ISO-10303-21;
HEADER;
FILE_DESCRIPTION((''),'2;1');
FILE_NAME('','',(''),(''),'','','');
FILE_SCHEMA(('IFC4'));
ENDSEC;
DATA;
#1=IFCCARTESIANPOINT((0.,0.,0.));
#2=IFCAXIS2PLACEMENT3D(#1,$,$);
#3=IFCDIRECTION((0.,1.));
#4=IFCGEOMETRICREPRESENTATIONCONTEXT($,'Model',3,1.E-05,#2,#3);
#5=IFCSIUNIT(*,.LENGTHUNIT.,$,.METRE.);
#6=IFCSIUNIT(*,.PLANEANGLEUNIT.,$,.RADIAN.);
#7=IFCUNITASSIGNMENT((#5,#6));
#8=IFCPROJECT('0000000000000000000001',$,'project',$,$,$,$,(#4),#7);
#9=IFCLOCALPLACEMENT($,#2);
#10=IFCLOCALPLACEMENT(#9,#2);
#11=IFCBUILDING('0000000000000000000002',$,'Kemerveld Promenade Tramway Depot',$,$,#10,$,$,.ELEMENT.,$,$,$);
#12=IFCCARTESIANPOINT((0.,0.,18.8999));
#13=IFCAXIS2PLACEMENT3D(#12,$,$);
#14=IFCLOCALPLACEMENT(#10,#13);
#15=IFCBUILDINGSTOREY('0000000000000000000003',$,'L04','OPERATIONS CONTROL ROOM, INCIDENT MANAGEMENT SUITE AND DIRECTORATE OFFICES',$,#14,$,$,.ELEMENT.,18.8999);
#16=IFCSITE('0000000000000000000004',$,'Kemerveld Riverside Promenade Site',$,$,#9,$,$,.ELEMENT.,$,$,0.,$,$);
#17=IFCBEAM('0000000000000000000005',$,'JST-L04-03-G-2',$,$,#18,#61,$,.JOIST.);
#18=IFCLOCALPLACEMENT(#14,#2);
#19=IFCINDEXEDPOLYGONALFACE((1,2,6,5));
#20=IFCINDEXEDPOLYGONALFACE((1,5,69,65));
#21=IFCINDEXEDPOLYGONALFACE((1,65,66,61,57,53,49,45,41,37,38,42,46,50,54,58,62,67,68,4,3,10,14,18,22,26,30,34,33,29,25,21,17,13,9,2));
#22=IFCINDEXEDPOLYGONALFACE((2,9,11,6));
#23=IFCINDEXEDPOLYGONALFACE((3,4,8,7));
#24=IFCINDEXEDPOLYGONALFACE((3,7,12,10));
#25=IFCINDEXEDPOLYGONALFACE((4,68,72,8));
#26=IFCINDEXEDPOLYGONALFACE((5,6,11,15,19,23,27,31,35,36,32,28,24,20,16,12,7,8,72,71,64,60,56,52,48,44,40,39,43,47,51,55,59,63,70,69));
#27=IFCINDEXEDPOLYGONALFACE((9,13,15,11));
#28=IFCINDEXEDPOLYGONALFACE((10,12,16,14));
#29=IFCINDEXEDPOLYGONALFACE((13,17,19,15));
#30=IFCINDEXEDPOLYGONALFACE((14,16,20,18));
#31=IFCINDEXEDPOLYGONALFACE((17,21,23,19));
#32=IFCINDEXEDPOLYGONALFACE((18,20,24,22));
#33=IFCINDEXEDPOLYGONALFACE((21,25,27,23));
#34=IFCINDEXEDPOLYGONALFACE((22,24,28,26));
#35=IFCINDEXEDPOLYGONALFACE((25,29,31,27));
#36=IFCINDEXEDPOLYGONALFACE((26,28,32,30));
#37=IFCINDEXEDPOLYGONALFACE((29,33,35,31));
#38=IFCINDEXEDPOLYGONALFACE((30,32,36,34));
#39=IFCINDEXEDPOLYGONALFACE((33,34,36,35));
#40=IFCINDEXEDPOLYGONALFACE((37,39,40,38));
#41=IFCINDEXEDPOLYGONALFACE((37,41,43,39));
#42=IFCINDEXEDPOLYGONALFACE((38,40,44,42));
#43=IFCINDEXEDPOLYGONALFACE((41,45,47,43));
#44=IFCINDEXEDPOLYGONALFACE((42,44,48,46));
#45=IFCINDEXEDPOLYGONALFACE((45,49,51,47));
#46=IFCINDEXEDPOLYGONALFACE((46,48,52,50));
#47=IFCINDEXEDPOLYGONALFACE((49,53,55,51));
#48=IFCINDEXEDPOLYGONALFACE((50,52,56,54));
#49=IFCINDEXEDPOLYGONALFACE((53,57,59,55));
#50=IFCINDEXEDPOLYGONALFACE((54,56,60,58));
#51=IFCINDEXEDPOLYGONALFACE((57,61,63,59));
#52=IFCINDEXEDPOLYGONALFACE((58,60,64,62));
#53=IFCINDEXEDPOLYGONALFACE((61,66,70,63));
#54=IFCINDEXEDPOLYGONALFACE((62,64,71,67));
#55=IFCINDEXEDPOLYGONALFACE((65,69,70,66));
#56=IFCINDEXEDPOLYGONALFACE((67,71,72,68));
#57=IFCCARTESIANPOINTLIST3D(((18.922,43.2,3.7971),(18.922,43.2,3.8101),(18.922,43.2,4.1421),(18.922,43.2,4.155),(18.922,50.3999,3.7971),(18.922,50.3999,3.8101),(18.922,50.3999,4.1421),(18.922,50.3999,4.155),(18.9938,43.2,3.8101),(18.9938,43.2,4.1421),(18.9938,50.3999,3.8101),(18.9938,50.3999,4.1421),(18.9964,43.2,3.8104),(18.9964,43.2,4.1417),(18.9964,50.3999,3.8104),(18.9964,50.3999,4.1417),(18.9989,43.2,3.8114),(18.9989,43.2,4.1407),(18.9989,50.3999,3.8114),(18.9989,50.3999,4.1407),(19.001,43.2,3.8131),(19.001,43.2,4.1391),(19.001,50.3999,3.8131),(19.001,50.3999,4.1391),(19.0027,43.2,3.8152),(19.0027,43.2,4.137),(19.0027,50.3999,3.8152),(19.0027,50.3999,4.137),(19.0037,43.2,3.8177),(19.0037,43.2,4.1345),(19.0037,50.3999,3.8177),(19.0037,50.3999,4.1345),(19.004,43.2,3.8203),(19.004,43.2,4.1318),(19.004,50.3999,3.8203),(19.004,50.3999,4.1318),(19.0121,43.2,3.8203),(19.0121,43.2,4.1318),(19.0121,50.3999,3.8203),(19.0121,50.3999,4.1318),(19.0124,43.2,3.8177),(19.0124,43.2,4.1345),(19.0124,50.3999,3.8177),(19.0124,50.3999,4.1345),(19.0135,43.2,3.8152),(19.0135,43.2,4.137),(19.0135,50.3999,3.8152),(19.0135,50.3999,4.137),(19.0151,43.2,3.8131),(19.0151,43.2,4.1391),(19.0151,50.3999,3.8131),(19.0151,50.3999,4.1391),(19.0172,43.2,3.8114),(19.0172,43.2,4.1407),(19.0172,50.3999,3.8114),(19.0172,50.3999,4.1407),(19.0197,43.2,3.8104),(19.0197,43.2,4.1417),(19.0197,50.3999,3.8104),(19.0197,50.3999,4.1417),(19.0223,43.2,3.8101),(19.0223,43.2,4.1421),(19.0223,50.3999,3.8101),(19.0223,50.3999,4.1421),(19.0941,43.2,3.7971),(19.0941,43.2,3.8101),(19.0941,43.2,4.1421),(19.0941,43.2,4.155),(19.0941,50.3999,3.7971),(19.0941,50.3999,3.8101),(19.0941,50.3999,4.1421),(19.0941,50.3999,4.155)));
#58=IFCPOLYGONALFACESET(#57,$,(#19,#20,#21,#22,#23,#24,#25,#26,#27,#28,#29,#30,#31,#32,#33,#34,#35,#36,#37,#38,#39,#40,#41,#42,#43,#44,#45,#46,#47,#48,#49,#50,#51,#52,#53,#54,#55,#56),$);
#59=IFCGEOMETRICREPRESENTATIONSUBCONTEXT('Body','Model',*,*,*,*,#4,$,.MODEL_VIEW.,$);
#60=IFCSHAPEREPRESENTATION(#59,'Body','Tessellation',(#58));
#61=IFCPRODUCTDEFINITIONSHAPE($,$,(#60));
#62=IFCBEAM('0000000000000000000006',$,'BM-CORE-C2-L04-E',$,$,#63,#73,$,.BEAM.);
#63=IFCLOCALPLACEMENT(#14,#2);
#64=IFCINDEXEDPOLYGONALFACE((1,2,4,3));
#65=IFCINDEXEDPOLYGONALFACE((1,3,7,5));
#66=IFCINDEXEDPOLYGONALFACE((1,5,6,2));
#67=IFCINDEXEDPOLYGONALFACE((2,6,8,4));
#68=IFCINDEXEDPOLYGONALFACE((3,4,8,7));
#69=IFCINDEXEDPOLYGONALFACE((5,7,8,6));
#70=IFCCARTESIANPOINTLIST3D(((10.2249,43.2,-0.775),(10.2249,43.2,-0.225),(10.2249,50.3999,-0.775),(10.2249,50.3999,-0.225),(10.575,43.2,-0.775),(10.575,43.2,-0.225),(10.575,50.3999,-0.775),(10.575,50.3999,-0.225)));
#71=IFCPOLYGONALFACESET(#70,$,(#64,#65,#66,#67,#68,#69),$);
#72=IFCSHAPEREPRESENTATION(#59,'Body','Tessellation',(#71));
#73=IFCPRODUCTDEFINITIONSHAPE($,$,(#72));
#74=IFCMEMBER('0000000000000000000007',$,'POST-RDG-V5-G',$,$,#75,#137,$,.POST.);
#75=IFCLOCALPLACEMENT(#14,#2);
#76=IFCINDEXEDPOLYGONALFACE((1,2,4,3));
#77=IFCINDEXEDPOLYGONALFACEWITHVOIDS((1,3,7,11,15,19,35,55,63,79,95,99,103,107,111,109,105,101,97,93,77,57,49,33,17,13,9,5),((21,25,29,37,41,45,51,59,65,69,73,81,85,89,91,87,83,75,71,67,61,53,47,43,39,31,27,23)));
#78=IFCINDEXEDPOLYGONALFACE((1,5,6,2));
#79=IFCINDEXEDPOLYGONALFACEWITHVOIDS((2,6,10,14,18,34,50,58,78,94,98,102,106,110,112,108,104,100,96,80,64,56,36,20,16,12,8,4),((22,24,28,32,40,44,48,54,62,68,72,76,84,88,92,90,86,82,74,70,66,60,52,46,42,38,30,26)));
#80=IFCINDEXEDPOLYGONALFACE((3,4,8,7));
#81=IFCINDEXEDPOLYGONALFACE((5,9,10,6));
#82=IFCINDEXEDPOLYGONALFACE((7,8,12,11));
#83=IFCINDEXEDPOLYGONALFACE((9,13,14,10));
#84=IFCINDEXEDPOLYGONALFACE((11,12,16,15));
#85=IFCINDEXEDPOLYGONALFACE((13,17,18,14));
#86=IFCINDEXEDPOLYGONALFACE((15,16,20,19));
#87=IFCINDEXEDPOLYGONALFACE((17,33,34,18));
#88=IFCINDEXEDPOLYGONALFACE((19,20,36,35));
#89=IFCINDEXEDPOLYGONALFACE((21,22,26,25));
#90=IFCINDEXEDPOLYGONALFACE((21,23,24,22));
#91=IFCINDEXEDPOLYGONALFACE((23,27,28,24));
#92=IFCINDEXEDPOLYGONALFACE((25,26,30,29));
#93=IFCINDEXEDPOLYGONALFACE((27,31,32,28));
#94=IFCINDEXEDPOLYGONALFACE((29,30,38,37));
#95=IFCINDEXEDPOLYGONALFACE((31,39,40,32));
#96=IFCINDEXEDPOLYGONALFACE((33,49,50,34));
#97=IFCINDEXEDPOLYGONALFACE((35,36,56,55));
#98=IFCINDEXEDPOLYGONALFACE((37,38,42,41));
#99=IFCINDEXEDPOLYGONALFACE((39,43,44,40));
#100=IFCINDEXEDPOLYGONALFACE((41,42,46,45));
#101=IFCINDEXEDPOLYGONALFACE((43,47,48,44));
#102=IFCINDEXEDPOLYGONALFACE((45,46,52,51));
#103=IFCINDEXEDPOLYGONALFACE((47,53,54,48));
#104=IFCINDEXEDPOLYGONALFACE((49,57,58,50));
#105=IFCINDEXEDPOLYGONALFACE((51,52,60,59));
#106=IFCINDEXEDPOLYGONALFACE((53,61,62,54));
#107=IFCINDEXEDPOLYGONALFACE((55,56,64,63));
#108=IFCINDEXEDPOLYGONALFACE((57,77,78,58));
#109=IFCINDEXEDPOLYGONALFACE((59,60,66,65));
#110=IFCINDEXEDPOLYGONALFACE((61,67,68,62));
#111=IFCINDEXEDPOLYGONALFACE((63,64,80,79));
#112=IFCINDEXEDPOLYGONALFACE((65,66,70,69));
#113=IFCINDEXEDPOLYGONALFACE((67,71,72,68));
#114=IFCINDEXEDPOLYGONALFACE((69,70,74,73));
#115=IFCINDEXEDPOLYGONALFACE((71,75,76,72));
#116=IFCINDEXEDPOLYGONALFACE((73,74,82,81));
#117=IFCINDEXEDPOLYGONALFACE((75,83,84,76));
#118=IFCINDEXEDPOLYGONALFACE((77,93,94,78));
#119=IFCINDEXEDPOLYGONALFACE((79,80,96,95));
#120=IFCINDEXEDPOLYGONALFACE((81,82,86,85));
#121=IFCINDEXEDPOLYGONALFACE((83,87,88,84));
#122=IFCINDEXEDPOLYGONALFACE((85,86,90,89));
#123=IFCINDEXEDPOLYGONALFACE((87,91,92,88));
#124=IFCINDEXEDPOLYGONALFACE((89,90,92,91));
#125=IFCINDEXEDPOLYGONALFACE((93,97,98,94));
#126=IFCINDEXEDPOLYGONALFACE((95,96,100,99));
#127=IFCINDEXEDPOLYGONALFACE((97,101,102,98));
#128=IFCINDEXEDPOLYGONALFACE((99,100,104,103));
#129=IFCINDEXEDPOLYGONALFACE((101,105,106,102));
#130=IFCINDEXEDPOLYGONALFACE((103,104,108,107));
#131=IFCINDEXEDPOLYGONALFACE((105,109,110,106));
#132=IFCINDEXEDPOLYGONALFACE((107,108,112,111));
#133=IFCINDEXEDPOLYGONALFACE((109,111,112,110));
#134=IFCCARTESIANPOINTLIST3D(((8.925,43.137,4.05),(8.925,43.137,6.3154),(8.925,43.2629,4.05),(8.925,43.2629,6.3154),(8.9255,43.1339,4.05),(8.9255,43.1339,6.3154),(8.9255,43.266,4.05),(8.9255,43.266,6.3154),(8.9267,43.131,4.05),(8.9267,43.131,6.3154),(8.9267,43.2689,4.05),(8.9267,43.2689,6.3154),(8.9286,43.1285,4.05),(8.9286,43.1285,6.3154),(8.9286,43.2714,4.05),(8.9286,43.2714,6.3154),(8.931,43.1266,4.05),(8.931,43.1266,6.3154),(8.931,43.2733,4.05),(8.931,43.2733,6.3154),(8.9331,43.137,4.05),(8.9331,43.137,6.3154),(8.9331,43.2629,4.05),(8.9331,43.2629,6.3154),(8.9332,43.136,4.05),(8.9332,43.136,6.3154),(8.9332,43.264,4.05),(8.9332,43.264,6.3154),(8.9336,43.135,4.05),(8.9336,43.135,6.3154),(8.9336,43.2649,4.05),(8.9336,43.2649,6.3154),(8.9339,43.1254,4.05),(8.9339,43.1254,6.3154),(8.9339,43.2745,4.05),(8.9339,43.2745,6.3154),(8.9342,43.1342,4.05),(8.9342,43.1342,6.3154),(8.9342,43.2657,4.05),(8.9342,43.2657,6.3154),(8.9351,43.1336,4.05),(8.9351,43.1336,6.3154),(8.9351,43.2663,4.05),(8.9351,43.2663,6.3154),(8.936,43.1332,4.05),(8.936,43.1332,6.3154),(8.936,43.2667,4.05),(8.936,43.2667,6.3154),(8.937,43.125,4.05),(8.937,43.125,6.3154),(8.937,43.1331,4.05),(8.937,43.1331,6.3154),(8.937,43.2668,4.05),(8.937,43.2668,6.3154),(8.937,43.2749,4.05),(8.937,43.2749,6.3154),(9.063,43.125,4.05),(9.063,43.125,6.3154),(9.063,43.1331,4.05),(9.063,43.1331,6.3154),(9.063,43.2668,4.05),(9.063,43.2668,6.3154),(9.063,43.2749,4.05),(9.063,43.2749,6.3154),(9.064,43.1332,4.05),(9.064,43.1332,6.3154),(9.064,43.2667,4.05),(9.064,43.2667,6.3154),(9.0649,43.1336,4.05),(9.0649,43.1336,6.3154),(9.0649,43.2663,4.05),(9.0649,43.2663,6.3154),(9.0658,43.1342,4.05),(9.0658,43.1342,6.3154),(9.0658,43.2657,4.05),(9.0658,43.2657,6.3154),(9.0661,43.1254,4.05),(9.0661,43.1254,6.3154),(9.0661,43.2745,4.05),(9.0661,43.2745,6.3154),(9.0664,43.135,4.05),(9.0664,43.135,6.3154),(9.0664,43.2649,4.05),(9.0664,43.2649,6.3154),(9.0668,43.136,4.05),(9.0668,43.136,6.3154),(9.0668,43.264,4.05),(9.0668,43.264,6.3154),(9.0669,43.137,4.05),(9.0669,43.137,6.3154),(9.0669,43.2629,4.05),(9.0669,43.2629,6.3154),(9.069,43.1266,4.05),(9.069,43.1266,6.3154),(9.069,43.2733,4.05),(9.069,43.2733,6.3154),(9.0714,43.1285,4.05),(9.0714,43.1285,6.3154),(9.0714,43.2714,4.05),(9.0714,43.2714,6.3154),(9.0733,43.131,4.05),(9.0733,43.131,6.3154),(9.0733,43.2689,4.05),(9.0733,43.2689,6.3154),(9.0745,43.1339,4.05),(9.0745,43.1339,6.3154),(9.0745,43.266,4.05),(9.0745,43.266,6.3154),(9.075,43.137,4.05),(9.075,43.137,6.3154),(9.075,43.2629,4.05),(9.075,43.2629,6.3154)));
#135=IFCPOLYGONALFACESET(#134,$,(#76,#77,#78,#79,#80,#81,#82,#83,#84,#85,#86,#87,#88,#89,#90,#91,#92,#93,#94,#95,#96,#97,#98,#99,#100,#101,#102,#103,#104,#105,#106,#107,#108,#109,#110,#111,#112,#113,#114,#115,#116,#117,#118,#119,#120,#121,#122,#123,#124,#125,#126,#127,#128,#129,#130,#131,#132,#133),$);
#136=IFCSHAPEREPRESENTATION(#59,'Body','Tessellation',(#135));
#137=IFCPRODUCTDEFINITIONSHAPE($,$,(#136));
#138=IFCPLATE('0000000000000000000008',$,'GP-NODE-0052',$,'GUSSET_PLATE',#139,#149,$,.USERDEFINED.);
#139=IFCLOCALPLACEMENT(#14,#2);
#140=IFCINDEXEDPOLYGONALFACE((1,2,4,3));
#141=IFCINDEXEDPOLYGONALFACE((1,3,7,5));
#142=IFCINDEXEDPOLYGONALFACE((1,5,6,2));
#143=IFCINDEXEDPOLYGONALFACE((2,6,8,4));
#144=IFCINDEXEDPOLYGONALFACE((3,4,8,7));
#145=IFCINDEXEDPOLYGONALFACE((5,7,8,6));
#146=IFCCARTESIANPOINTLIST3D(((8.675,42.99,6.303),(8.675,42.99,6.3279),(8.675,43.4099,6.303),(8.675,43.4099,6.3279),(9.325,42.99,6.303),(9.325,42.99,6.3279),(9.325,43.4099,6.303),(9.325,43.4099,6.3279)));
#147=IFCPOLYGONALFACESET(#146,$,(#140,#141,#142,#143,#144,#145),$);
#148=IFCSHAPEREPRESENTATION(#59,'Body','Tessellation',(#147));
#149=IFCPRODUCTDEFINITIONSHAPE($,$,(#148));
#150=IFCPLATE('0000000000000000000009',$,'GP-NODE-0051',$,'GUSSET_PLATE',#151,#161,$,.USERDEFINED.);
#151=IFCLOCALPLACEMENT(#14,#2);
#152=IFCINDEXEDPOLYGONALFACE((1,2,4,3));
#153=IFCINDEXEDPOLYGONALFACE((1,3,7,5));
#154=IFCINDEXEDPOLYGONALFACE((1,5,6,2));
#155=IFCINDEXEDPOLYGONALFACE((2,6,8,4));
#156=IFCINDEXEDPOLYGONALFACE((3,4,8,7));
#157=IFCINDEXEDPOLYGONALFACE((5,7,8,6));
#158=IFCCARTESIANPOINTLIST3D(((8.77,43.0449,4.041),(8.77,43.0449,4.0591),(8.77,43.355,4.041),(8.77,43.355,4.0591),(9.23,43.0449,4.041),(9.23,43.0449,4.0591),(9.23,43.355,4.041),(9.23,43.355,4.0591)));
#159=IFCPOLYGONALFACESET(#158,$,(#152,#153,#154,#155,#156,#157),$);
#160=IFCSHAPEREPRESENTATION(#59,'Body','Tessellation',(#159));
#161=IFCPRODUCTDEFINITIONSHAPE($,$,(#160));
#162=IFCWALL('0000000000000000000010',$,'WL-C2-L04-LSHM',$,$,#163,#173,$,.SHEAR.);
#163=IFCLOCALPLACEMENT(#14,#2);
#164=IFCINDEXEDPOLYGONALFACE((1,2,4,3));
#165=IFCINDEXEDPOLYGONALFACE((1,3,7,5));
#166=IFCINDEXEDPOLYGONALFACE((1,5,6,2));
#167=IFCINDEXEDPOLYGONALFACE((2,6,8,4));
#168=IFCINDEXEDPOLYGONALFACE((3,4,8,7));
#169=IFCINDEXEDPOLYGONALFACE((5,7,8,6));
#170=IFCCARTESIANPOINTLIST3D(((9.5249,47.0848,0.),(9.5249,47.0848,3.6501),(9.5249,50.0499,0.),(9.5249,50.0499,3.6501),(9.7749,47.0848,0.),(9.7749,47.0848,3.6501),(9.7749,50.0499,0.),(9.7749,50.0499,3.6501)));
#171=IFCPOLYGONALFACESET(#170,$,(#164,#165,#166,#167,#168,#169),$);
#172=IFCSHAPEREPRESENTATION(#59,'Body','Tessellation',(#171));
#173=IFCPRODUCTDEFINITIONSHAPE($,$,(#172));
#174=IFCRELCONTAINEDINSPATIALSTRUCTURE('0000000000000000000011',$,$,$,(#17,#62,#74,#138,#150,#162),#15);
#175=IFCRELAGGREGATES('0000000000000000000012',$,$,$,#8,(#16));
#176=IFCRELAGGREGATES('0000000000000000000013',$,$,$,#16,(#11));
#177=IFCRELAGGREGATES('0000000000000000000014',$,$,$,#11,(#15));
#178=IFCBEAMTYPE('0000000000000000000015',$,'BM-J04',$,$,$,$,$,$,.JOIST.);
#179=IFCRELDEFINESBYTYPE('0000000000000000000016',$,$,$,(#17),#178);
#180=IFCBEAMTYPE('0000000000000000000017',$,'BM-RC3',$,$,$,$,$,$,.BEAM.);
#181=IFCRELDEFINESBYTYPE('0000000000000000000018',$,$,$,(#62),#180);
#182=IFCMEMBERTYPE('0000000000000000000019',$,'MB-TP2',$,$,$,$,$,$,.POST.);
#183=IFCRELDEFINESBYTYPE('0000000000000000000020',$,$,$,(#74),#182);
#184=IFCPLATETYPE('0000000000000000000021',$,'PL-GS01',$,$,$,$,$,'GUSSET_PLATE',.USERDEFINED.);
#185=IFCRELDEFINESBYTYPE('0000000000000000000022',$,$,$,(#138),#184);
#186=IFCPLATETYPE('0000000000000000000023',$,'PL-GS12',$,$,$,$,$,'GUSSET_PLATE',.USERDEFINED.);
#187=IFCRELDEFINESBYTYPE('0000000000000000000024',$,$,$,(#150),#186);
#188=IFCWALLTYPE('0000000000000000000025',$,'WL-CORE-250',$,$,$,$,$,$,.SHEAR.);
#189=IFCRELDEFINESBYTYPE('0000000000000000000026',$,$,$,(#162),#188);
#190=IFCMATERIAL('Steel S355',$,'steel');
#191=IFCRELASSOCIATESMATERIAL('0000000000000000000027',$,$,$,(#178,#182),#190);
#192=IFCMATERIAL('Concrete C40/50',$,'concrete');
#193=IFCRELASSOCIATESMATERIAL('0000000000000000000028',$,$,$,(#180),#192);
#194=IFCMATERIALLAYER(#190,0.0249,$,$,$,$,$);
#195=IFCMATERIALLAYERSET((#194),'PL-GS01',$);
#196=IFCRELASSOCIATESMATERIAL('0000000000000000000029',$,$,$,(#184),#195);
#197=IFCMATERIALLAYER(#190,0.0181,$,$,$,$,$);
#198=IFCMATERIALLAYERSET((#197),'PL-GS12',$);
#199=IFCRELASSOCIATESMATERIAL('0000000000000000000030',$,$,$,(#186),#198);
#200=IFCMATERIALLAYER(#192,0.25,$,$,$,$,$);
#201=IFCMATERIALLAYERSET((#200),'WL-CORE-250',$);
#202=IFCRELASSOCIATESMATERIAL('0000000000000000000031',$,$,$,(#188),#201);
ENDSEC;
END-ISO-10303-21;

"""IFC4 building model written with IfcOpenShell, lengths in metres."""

from ifc_helpers import new_model, si_unit, direction, frame, frame_2d, origin, origin_2d, place, context, subcontext, project, spatial, rectangle, hollow_rectangle, i_section, extrude, material, layer, layer_set, material_profile, profile_set, type_object, element, save


model = new_model("IFC4")

# Units and contexts
model_context = context("Model", 3, precision=1e-05, world=origin(), true_north=direction((0.0, 1.0)))
body_context = subcontext(model_context, "Body", "Model", "MODEL_VIEW")
ifc_project = project(units=[si_unit("LENGTHUNIT", "METRE"), si_unit("PLANEANGLEUNIT", "RADIAN")], contexts=[model_context])

# Site, building, storey
site_placement = place(None, origin())
site = spatial("IfcSite", under=ifc_project, at=site_placement, Name="Kemerveld Riverside Promenade Site", CompositionType="ELEMENT", RefElevation=0.0)
building_placement = place(site_placement, origin())
building = spatial("IfcBuilding", under=site, at=building_placement, Name="Kemerveld Promenade Tramway Depot", CompositionType="ELEMENT")
storey_placement = place(building_placement, frame((0.0, 0.0, 18.8999)))
storey = spatial("IfcBuildingStorey", under=building, at=storey_placement, Name="L04", Description="OPERATIONS CONTROL ROOM, INCIDENT MANAGEMENT SUITE AND DIRECTORATE OFFICES", CompositionType="ELEMENT", Elevation=18.8999)

# Shared definitions
ifc_material_1 = material(Name="Steel S355", Category="steel")

# Beams
ifc_material_profile_1 = material_profile(ifc_material_1, i_section(OverallWidth=0.1721, OverallDepth=0.3579, WebThickness=0.0081, FlangeThickness=0.0129, FilletRadius=0.0103, at=origin_2d()), Name="356x171x57 UB")
ifc_profile_set_1 = profile_set([ifc_material_profile_1], Name="Steel S355")
beam_type_1 = type_object("IfcBeamType", Name="BM-J04", PredefinedType="JOIST", material=ifc_profile_set_1)
for number, where, z_axis, x_axis, name in (
    (1, (19.0081, 43.2, 3.9761), (0.0, 1.0, 0.0), (-1.0, 0.0, 0.0), "JST-L04-03-G-2"),
):
    element("IfcBeam", number, at=place(storey_placement, frame(where, z_axis=z_axis, x_axis=x_axis)), inside=storey, type_object=beam_type_1, Name=name, PredefinedType="JOIST", context=body_context, shape_type="SweptSolid", body=[
        extrude(i_section(OverallWidth=0.1721, OverallDepth=0.3579, WebThickness=0.0081, FlangeThickness=0.0129, FilletRadius=0.0103, at=origin_2d()), origin(), (0.0, 0.0, 1.0), 7.2),
    ])
ifc_material_2 = material(Name="Concrete C40/50", Category="concrete")
ifc_material_profile_2 = material_profile(ifc_material_2, rectangle(XDim=0.3501, YDim=0.55, at=origin_2d()), Name="RC-BM-350x550")
ifc_profile_set_2 = profile_set([ifc_material_profile_2], Name="Concrete C40/50")
beam_type_2 = type_object("IfcBeamType", Name="BM-RC3", PredefinedType="BEAM", material=ifc_profile_set_2)
beam_1_placement = place(storey_placement, frame((10.3999, 43.2, -0.5), z_axis=(0.0, 1.0, 0.0), x_axis=(-1.0, 0.0, 0.0)))
element("IfcBeam", 2, at=beam_1_placement, inside=storey, type_object=beam_type_2, Name="BM-CORE-C2-L04-E", PredefinedType="BEAM", context=body_context, shape_type="SweptSolid", body=[
    extrude(rectangle(XDim=0.3501, YDim=0.55, at=origin_2d()), origin(), (0.0, 0.0, 1.0), 7.2),
])

# Member
ifc_material_profile_3 = material_profile(ifc_material_1, hollow_rectangle(XDim=0.1499, YDim=0.1499, WallThickness=0.0081, InnerFilletRadius=0.0039, OuterFilletRadius=0.012, at=origin_2d()), Name="150x150x8.0 SHS")
ifc_profile_set_3 = profile_set([ifc_material_profile_3], Name="Steel S355")
member_type = type_object("IfcMemberType", Name="MB-TP2", PredefinedType="POST", material=ifc_profile_set_3)
member_placement = place(storey_placement, frame((9.0, 43.2, 4.05), z_axis=(0.0, 0.0, 1.0), x_axis=(1.0, 0.0, 0.0)))
element("IfcMember", 3, at=member_placement, inside=storey, type_object=member_type, Name="POST-RDG-V5-G", PredefinedType="POST", context=body_context, shape_type="SweptSolid", body=[
    extrude(hollow_rectangle(XDim=0.1499, YDim=0.1499, WallThickness=0.0081, InnerFilletRadius=0.0039, OuterFilletRadius=0.012, at=origin_2d()), origin(), (0.0, 0.0, 1.0), 2.2654),
])

# Plates
ifc_layer_1 = layer(ifc_material_1, 0.0249)
ifc_layer_set_1 = layer_set([ifc_layer_1], Name="PL-GS01")
plate_type_1 = type_object("IfcPlateType", Name="PL-GS01", ElementType="GUSSET_PLATE", PredefinedType="USERDEFINED", material=ifc_layer_set_1)
plate_1_placement = place(storey_placement, frame((9.0, 43.2, 6.303), z_axis=(0.0, 0.0, 1.0), x_axis=(1.0, 0.0, 0.0)))
element("IfcPlate", 4, at=plate_1_placement, inside=storey, type_object=plate_type_1, Name="GP-NODE-0052", ObjectType="GUSSET_PLATE", PredefinedType="USERDEFINED", context=body_context, shape_type="SweptSolid", body=[
    extrude(rectangle(XDim=0.6499, YDim=0.4199, at=origin_2d()), origin(), (0.0, 0.0, 1.0), 0.0249),
])
ifc_layer_2 = layer(ifc_material_1, 0.0181)
ifc_layer_set_2 = layer_set([ifc_layer_2], Name="PL-GS12")
plate_type_2 = type_object("IfcPlateType", Name="PL-GS12", ElementType="GUSSET_PLATE", PredefinedType="USERDEFINED", material=ifc_layer_set_2)
plate_2_placement = place(storey_placement, frame((9.0, 43.2, 4.041), z_axis=(0.0, 0.0, 1.0), x_axis=(1.0, 0.0, 0.0)))
element("IfcPlate", 5, at=plate_2_placement, inside=storey, type_object=plate_type_2, Name="GP-NODE-0051", ObjectType="GUSSET_PLATE", PredefinedType="USERDEFINED", context=body_context, shape_type="SweptSolid", body=[
    extrude(rectangle(XDim=0.46, YDim=0.3101, at=origin_2d()), origin(), (0.0, 0.0, 1.0), 0.0181),
])

# Wall
ifc_layer_3 = layer(ifc_material_2, 0.25)
ifc_layer_set_3 = layer_set([ifc_layer_3], Name="WL-CORE-250")
wall_type_1 = type_object("IfcWallType", Name="WL-CORE-250", PredefinedType="SHEAR", material=ifc_layer_set_3)
wall_1_placement = place(storey_placement, frame((9.6499, 47.085, 0.0), z_axis=(0.0, 0.0, 1.0), x_axis=(0.0, 1.0, 0.0)))
element("IfcWall", 6, at=wall_1_placement, inside=storey, type_object=wall_type_1, Name="WL-C2-L04-LSHM", PredefinedType="SHEAR", context=body_context, shape_type="SweptSolid", body=[
    extrude(rectangle(XDim=2.9651, YDim=0.25, at=frame_2d((1.4824, 0.0))), origin(), (0.0, 0.0, 1.0), 3.6501),
])

save(model, "model.ifc")
